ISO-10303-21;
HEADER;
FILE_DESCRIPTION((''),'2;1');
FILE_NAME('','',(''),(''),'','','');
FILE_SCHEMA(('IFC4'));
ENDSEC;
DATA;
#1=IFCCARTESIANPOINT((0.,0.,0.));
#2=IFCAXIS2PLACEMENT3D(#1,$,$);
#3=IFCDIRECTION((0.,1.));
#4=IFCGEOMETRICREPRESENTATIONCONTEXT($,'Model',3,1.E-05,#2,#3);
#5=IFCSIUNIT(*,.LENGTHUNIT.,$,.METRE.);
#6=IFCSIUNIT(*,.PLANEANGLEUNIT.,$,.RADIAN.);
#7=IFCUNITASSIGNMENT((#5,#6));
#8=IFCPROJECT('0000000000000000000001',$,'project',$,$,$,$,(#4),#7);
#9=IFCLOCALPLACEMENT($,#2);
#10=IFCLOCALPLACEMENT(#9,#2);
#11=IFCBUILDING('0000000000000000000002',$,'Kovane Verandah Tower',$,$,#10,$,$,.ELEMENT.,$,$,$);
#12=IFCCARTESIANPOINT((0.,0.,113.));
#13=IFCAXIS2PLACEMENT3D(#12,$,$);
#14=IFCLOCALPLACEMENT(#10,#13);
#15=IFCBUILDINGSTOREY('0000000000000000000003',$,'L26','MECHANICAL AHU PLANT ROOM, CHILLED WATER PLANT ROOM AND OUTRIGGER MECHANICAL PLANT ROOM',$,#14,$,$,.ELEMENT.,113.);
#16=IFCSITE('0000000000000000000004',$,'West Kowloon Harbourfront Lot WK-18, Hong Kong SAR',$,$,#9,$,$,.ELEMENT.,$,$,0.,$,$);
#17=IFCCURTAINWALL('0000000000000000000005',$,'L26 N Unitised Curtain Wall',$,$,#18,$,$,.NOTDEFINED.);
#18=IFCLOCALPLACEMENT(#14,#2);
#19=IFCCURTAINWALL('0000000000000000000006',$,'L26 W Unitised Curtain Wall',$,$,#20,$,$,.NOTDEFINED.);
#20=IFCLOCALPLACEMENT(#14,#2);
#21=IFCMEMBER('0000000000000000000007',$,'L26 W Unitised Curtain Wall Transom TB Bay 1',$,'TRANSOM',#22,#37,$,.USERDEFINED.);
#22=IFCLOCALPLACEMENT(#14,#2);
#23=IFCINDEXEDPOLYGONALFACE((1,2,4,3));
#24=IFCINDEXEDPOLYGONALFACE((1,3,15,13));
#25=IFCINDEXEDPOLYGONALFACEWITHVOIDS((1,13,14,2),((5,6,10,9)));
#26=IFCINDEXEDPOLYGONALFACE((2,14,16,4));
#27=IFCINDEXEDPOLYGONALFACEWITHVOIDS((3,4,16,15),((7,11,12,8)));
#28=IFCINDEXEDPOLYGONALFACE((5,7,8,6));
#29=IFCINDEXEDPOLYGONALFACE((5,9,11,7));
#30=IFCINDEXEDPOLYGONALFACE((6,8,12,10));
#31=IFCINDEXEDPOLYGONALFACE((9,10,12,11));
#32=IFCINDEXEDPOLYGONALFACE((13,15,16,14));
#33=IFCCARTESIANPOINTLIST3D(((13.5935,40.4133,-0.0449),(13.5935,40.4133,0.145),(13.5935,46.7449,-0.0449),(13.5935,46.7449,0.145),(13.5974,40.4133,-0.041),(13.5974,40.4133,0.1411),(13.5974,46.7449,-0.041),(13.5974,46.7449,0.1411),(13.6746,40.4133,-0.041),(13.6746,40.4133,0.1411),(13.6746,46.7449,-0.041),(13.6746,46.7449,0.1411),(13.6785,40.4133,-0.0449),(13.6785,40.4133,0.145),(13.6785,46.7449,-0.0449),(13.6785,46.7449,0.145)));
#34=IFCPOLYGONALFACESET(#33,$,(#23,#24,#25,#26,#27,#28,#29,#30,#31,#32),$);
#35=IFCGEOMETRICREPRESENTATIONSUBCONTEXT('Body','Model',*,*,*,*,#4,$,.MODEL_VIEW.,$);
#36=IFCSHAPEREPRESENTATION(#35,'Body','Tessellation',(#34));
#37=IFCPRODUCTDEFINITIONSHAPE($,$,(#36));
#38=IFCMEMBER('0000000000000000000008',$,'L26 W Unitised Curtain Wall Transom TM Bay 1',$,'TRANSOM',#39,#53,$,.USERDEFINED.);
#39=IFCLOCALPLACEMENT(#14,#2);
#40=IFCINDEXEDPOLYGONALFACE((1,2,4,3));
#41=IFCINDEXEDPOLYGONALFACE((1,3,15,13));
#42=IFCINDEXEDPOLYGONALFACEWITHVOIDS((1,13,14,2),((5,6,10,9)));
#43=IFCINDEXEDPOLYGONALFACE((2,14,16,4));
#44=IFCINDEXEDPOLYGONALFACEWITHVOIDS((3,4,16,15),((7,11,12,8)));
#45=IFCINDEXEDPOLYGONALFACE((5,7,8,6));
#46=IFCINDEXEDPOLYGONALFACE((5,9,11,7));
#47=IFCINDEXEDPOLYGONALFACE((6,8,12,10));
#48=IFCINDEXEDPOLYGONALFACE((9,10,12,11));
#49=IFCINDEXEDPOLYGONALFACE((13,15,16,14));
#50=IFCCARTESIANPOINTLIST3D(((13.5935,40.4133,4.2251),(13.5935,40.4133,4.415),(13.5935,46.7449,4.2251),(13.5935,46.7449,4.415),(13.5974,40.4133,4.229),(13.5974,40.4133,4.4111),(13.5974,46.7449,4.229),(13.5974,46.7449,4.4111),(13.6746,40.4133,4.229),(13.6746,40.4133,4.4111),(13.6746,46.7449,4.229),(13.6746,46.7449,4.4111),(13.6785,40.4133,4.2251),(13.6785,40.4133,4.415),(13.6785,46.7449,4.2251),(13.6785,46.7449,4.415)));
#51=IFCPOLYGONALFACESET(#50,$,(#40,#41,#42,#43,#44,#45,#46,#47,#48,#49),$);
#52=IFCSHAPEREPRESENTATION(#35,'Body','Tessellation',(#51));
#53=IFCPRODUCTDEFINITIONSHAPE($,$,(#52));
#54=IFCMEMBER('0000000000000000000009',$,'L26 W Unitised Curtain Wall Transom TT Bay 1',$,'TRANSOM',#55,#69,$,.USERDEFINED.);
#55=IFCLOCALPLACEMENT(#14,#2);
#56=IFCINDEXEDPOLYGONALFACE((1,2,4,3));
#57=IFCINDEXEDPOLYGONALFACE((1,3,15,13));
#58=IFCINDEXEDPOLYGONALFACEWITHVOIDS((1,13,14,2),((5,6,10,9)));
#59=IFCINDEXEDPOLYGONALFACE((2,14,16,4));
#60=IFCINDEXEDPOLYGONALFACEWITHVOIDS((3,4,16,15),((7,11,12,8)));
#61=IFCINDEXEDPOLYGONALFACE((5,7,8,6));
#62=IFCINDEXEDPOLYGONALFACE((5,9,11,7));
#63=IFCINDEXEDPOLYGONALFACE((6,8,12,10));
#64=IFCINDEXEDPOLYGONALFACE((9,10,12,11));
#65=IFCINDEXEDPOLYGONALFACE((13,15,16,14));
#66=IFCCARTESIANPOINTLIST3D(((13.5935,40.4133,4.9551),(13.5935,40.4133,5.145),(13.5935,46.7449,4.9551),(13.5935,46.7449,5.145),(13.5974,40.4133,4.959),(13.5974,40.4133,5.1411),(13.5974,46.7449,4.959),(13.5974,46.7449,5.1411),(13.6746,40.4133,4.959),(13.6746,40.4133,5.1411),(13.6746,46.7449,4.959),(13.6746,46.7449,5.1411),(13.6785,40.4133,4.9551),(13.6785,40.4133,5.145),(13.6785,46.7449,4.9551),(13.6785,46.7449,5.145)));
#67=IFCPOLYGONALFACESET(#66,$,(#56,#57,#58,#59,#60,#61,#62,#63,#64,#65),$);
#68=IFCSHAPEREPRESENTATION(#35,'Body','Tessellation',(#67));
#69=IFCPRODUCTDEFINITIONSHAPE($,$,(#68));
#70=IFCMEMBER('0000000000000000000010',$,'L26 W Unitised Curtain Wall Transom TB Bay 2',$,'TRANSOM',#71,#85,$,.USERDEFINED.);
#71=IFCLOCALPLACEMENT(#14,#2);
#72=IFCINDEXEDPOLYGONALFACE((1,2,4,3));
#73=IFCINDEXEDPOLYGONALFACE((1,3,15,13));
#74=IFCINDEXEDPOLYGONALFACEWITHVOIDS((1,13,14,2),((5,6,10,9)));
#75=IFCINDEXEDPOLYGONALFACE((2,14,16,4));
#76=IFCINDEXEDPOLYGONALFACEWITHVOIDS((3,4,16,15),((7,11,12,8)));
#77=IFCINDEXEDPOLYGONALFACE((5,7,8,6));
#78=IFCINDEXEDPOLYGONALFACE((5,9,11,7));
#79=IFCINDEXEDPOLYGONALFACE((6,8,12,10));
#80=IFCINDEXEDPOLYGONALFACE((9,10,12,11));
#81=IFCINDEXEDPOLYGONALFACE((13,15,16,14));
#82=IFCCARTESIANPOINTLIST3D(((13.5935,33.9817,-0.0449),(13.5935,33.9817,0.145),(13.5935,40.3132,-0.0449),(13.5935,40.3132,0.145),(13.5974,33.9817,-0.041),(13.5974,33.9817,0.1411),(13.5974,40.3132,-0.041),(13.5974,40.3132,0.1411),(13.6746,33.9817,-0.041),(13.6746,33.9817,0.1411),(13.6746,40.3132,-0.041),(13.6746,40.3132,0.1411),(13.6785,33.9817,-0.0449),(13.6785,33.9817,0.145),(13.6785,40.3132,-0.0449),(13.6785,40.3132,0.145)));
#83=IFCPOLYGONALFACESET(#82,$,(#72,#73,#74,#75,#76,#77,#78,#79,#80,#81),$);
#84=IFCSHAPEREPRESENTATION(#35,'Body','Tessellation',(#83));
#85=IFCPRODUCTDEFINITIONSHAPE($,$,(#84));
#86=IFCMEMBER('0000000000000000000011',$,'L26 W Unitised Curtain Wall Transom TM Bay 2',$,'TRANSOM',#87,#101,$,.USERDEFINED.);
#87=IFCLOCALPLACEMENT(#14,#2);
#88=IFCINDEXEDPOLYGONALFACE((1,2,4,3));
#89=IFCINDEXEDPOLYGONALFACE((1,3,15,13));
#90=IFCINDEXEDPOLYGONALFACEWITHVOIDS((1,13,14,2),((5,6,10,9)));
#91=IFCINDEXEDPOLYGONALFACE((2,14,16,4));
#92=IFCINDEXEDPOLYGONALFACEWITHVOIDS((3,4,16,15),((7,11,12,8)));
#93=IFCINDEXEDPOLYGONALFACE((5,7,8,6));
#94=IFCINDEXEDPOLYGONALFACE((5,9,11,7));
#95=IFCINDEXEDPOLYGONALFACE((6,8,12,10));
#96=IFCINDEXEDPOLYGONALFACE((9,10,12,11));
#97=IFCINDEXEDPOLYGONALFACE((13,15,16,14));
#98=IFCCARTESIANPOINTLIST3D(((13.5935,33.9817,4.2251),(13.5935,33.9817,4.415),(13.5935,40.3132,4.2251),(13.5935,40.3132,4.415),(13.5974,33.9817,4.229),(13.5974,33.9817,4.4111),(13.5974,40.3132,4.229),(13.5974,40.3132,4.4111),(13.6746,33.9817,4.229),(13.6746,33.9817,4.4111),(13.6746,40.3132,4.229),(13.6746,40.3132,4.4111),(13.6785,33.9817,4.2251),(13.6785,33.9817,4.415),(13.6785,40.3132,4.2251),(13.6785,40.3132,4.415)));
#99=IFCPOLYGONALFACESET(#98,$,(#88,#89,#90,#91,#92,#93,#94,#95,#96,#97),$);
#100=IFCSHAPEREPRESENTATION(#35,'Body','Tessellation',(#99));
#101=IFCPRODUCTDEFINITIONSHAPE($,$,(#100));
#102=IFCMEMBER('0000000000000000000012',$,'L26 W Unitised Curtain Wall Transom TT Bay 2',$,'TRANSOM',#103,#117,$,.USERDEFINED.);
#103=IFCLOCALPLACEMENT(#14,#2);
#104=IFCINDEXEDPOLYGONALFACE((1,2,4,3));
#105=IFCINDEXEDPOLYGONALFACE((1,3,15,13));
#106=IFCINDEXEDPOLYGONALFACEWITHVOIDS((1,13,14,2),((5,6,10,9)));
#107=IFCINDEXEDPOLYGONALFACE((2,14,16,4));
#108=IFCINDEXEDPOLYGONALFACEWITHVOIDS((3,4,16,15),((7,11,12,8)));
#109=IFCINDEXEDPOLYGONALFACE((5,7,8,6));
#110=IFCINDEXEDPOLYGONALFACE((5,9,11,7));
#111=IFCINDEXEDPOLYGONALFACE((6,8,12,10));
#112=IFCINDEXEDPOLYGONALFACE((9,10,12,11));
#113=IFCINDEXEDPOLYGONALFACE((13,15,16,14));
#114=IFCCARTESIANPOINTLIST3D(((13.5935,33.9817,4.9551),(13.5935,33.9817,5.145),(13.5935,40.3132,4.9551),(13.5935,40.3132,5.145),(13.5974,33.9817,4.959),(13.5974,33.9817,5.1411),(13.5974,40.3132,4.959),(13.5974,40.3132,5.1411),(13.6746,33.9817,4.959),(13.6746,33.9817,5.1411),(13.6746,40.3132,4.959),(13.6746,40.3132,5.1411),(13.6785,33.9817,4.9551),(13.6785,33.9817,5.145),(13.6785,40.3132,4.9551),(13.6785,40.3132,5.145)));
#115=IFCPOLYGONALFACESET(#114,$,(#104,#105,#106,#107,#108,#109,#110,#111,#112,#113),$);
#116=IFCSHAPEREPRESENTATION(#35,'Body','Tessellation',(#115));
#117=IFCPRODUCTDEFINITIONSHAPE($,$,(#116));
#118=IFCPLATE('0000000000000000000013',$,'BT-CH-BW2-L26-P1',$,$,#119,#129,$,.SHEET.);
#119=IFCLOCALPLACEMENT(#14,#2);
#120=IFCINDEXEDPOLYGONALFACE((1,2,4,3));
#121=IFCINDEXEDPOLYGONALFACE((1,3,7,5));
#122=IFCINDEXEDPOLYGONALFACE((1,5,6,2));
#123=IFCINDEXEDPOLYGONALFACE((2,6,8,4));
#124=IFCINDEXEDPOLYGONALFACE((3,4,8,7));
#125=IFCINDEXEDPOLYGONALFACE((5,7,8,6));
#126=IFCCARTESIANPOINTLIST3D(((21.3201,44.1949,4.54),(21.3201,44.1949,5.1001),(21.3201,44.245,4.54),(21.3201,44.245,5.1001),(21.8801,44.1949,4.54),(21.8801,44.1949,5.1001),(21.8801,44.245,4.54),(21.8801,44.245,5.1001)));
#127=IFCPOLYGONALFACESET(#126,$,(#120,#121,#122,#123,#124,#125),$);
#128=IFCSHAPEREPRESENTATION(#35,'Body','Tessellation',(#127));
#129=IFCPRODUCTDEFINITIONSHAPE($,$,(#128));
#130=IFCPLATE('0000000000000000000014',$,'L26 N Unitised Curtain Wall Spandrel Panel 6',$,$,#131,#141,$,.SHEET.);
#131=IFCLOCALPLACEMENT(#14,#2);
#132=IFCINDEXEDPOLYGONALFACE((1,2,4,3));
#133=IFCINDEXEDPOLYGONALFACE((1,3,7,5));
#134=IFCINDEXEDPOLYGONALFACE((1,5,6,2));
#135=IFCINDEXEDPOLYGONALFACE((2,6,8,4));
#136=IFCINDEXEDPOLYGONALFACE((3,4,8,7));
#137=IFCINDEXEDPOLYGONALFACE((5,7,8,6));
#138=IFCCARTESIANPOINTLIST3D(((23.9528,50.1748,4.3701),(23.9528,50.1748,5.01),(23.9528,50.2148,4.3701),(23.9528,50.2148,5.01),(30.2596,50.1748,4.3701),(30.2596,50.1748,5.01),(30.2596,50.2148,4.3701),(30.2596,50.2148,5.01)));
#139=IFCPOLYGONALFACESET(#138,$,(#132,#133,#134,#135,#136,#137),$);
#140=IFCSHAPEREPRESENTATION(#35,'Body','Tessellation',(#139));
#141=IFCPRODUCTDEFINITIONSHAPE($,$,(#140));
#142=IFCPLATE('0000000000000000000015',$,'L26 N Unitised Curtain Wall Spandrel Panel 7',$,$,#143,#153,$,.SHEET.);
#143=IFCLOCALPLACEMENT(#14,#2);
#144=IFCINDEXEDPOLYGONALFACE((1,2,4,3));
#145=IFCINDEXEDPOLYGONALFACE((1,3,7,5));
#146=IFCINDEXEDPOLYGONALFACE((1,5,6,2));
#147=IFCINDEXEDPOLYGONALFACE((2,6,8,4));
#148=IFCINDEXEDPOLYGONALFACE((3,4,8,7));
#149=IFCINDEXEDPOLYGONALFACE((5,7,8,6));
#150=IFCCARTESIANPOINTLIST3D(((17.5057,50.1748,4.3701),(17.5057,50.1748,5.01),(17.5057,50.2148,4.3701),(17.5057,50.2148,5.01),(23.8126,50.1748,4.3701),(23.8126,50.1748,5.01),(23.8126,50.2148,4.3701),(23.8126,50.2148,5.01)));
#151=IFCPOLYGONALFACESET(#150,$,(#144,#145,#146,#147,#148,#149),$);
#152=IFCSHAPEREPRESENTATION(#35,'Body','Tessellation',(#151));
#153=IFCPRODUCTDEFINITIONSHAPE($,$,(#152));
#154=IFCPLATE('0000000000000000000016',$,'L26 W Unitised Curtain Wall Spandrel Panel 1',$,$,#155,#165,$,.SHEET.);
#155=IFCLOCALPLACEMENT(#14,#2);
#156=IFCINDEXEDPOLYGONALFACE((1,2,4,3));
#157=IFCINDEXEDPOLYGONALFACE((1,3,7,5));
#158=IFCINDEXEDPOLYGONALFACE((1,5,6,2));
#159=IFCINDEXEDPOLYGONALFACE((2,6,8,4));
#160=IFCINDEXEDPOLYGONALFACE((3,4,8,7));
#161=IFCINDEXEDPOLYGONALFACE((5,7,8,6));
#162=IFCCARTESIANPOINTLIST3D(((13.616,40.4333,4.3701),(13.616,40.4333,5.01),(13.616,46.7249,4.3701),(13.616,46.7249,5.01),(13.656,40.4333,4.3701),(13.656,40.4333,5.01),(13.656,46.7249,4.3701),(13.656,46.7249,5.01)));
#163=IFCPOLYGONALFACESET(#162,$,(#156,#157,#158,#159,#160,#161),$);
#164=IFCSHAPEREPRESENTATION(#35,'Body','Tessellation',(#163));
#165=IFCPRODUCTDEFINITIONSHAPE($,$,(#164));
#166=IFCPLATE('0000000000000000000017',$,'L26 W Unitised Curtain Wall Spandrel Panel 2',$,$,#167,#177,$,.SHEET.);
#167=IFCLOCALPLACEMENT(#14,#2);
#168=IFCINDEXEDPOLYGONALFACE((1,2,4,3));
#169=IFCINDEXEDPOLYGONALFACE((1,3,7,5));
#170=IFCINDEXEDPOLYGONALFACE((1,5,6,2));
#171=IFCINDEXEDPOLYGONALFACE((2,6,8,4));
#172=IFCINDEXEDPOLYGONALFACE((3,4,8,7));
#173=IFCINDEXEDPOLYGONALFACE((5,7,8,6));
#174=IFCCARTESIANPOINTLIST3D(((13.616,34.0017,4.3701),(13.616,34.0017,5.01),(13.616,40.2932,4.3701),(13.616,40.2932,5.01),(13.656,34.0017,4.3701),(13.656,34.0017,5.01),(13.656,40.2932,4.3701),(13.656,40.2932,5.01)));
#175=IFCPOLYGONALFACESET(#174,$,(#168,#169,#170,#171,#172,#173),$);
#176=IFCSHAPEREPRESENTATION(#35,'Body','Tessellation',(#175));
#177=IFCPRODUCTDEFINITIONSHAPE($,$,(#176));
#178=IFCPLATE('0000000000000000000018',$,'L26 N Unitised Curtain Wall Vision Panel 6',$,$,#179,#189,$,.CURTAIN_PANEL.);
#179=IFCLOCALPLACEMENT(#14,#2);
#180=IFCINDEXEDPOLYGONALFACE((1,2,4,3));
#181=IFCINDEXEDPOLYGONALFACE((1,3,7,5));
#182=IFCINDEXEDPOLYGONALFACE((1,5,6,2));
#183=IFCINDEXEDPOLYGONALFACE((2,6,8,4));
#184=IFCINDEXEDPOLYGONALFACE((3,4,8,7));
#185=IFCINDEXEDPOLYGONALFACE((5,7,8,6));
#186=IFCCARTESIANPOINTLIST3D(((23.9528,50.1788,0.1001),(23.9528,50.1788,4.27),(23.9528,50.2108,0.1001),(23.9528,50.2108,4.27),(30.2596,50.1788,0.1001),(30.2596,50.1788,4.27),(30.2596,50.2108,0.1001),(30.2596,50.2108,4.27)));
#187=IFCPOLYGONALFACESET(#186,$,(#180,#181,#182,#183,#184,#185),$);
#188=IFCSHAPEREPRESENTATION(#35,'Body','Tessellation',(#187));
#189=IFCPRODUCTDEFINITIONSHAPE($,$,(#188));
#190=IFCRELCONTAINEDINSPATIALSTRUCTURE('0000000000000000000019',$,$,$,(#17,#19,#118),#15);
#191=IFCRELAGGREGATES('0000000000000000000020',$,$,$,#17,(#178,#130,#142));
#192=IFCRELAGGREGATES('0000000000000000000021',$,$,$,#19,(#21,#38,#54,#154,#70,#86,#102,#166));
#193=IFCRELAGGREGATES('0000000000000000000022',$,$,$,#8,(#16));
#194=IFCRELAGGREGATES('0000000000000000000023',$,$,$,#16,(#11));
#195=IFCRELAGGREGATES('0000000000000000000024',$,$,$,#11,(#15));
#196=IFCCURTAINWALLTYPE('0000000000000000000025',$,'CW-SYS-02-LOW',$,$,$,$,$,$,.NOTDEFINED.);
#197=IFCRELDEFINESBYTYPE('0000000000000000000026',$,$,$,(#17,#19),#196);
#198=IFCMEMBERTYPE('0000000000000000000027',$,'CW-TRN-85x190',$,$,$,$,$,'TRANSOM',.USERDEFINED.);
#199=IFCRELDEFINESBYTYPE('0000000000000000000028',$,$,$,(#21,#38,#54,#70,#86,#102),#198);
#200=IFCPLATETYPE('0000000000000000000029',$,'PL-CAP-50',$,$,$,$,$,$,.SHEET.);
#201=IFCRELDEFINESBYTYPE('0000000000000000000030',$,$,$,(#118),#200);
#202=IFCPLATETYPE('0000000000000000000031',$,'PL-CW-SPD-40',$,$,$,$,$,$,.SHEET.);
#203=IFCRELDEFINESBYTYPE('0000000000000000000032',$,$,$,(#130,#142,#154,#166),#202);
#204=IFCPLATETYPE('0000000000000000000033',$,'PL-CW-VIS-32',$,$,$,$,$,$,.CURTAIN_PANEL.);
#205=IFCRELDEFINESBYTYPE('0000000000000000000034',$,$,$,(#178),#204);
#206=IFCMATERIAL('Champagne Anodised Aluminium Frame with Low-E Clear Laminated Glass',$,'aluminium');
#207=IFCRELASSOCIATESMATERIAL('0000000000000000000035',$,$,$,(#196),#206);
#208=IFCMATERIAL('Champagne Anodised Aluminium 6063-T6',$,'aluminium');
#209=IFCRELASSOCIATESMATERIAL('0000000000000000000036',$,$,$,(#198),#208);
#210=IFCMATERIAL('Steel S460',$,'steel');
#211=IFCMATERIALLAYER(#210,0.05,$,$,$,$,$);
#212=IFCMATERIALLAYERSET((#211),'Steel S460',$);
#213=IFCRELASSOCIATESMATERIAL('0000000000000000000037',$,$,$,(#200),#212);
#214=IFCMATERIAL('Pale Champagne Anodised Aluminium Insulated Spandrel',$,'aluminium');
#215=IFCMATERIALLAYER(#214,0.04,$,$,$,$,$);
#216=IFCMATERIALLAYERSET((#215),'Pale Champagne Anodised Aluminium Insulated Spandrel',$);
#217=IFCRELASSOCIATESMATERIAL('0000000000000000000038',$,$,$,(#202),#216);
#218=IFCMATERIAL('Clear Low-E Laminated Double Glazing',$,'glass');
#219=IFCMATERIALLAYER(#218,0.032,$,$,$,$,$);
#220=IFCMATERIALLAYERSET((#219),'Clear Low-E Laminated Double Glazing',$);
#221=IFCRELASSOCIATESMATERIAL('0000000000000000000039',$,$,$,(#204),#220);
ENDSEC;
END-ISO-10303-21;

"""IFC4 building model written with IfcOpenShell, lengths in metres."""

from ifc_helpers import new_model, si_unit, direction, frame, origin, origin_2d, place, context, subcontext, project, spatial, rectangle, hollow_rectangle, extrude, material, layer, layer_set, material_profile, profile_set, type_object, element, aggregate, save


model = new_model("IFC4")

# Units and contexts
model_context = context("Model", 3, precision=1e-05, world=origin(), true_north=direction((0.0, 1.0)))
body_context = subcontext(model_context, "Body", "Model", "MODEL_VIEW")
ifc_project = project(units=[si_unit("LENGTHUNIT", "METRE"), si_unit("PLANEANGLEUNIT", "RADIAN")], contexts=[model_context])

# Site, building, storey
site_placement = place(None, origin())
site = spatial("IfcSite", under=ifc_project, at=site_placement, Name="West Kowloon Harbourfront Lot WK-18, Hong Kong SAR", CompositionType="ELEMENT", RefElevation=0.0)
building_placement = place(site_placement, origin())
building = spatial("IfcBuilding", under=site, at=building_placement, Name="Kovane Verandah Tower", CompositionType="ELEMENT")
storey_placement = place(building_placement, frame((0.0, 0.0, 113.0)))
storey = spatial("IfcBuildingStorey", under=building, at=storey_placement, Name="L26", Description="MECHANICAL AHU PLANT ROOM, CHILLED WATER PLANT ROOM AND OUTRIGGER MECHANICAL PLANT ROOM", CompositionType="ELEMENT", Elevation=113.0)

# Shared definitions
ifc_material_1 = material(Name="Steel S460", Category="steel")

# Curtain walls
ifc_material_2 = material(Name="Champagne Anodised Aluminium Frame with Low-E Clear Laminated Glass", Category="aluminium")
curtain_wall_type = type_object("IfcCurtainWallType", Name="CW-SYS-02-LOW", PredefinedType="NOTDEFINED", material=ifc_material_2)
curtain_wall_1_placement = place(storey_placement, origin())
curtain_wall_1 = element("IfcCurtainWall", 1, at=curtain_wall_1_placement, inside=storey, type_object=curtain_wall_type, Name="L26 N Unitised Curtain Wall", PredefinedType="NOTDEFINED")
ifc_material_3 = material(Name="Champagne Anodised Aluminium 6063-T6", Category="aluminium")
curtain_wall_2_placement = place(storey_placement, origin())
curtain_wall_2 = element("IfcCurtainWall", 2, at=curtain_wall_2_placement, inside=storey, type_object=curtain_wall_type, Name="L26 W Unitised Curtain Wall", PredefinedType="NOTDEFINED")

# Members
ifc_material_profile_1 = material_profile(ifc_material_3, hollow_rectangle(XDim=0.085, YDim=0.1899, WallThickness=0.0039, at=origin_2d()), Name="AL85x190x4")
ifc_profile_set_1 = profile_set([ifc_material_profile_1], Name="Champagne Anodised Aluminium 6063-T6")
member_type_1 = type_object("IfcMemberType", Name="CW-TRN-85x190", ElementType="TRANSOM", PredefinedType="USERDEFINED", material=ifc_profile_set_1)
member_1_placement = place(storey_placement, frame((13.636, 46.7449, 0.05), z_axis=(0.0, -1.0, 0.0), x_axis=(1.0, 0.0, 0.0)))
member_1 = element("IfcMember", 3, at=member_1_placement, type_object=member_type_1, Name="L26 W Unitised Curtain Wall Transom TB Bay 1", ObjectType="TRANSOM", PredefinedType="USERDEFINED", context=body_context, shape_type="SweptSolid", body=[
    extrude(hollow_rectangle(XDim=0.085, YDim=0.1899, WallThickness=0.0039, at=origin_2d()), origin(), (0.0, 0.0, 1.0), 6.3315),
])
member_2_placement = place(storey_placement, frame((13.636, 46.7449, 4.3201), z_axis=(0.0, -1.0, 0.0), x_axis=(1.0, 0.0, 0.0)))
member_2 = element("IfcMember", 4, at=member_2_placement, type_object=member_type_1, Name="L26 W Unitised Curtain Wall Transom TM Bay 1", ObjectType="TRANSOM", PredefinedType="USERDEFINED", context=body_context, shape_type="SweptSolid", body=[
    extrude(hollow_rectangle(XDim=0.085, YDim=0.1899, WallThickness=0.0039, at=origin_2d()), origin(), (0.0, 0.0, 1.0), 6.3315),
])
member_3_placement = place(storey_placement, frame((13.636, 46.7449, 5.05), z_axis=(0.0, -1.0, 0.0), x_axis=(1.0, 0.0, 0.0)))
member_3 = element("IfcMember", 5, at=member_3_placement, type_object=member_type_1, Name="L26 W Unitised Curtain Wall Transom TT Bay 1", ObjectType="TRANSOM", PredefinedType="USERDEFINED", context=body_context, shape_type="SweptSolid", body=[
    extrude(hollow_rectangle(XDim=0.085, YDim=0.1899, WallThickness=0.0039, at=origin_2d()), origin(), (0.0, 0.0, 1.0), 6.3315),
])
member_4_placement = place(storey_placement, frame((13.636, 40.3132, 0.05), z_axis=(0.0, -1.0, 0.0), x_axis=(1.0, 0.0, 0.0)))
member_4 = element("IfcMember", 6, at=member_4_placement, type_object=member_type_1, Name="L26 W Unitised Curtain Wall Transom TB Bay 2", ObjectType="TRANSOM", PredefinedType="USERDEFINED", context=body_context, shape_type="SweptSolid", body=[
    extrude(hollow_rectangle(XDim=0.085, YDim=0.1899, WallThickness=0.0039, at=origin_2d()), origin(), (0.0, 0.0, 1.0), 6.3315),
])
member_5_placement = place(storey_placement, frame((13.636, 40.3132, 4.3201), z_axis=(0.0, -1.0, 0.0), x_axis=(1.0, 0.0, 0.0)))
member_5 = element("IfcMember", 7, at=member_5_placement, type_object=member_type_1, Name="L26 W Unitised Curtain Wall Transom TM Bay 2", ObjectType="TRANSOM", PredefinedType="USERDEFINED", context=body_context, shape_type="SweptSolid", body=[
    extrude(hollow_rectangle(XDim=0.085, YDim=0.1899, WallThickness=0.0039, at=origin_2d()), origin(), (0.0, 0.0, 1.0), 6.3315),
])
member_6_placement = place(storey_placement, frame((13.636, 40.3132, 5.05), z_axis=(0.0, -1.0, 0.0), x_axis=(1.0, 0.0, 0.0)))
member_6 = element("IfcMember", 8, at=member_6_placement, type_object=member_type_1, Name="L26 W Unitised Curtain Wall Transom TT Bay 2", ObjectType="TRANSOM", PredefinedType="USERDEFINED", context=body_context, shape_type="SweptSolid", body=[
    extrude(hollow_rectangle(XDim=0.085, YDim=0.1899, WallThickness=0.0039, at=origin_2d()), origin(), (0.0, 0.0, 1.0), 6.3315),
])

# Plates
ifc_layer_1 = layer(ifc_material_1, 0.05)
ifc_layer_set_1 = layer_set([ifc_layer_1], Name="Steel S460")
plate_type_1 = type_object("IfcPlateType", Name="PL-CAP-50", PredefinedType="SHEET", material=ifc_layer_set_1)
plate_1_placement = place(storey_placement, frame((21.6001, 44.22, 4.54), z_axis=(0.0, 0.0, 1.0), x_axis=(0.0, 1.0, 0.0)))
element("IfcPlate", 9, at=plate_1_placement, inside=storey, type_object=plate_type_1, Name="BT-CH-BW2-L26-P1", PredefinedType="SHEET", context=body_context, shape_type="SweptSolid", body=[
    extrude(rectangle(XDim=0.05, YDim=0.5601, at=origin_2d()), origin(), (0.0, 0.0, 1.0), 0.5601),
])
ifc_material_4 = material(Name="Pale Champagne Anodised Aluminium Insulated Spandrel", Category="aluminium")
ifc_layer_2 = layer(ifc_material_4, 0.04)
ifc_layer_set_2 = layer_set([ifc_layer_2], Name="Pale Champagne Anodised Aluminium Insulated Spandrel")
plate_type_2 = type_object("IfcPlateType", Name="PL-CW-SPD-40", PredefinedType="SHEET", material=ifc_layer_set_2)
plate_2_placement = place(storey_placement, frame((27.1062, 50.1948, 4.3701), z_axis=(0.0, 0.0, 1.0), x_axis=(-1.0, 0.0, 0.0)))
plate_2 = element("IfcPlate", 10, at=plate_2_placement, type_object=plate_type_2, Name="L26 N Unitised Curtain Wall Spandrel Panel 6", PredefinedType="SHEET", context=body_context, shape_type="SweptSolid", body=[
    extrude(rectangle(XDim=6.3069, YDim=0.04, at=origin_2d()), origin(), (0.0, 0.0, 1.0), 0.6399),
])
plate_3_placement = place(storey_placement, frame((20.6592, 50.1948, 4.3701), z_axis=(0.0, 0.0, 1.0), x_axis=(-1.0, 0.0, 0.0)))
plate_3 = element("IfcPlate", 11, at=plate_3_placement, type_object=plate_type_2, Name="L26 N Unitised Curtain Wall Spandrel Panel 7", PredefinedType="SHEET", context=body_context, shape_type="SweptSolid", body=[
    extrude(rectangle(XDim=6.3069, YDim=0.04, at=origin_2d()), origin(), (0.0, 0.0, 1.0), 0.6399),
])
plate_4_placement = place(storey_placement, frame((13.636, 43.5791, 4.3701), z_axis=(0.0, 0.0, 1.0), x_axis=(0.0, -1.0, 0.0)))
plate_4 = element("IfcPlate", 12, at=plate_4_placement, type_object=plate_type_2, Name="L26 W Unitised Curtain Wall Spandrel Panel 1", PredefinedType="SHEET", context=body_context, shape_type="SweptSolid", body=[
    extrude(rectangle(XDim=6.2915, YDim=0.04, at=origin_2d()), origin(), (0.0, 0.0, 1.0), 0.6399),
])
plate_5_placement = place(storey_placement, frame((13.636, 37.1475, 4.3701), z_axis=(0.0, 0.0, 1.0), x_axis=(0.0, -1.0, 0.0)))
plate_5 = element("IfcPlate", 13, at=plate_5_placement, type_object=plate_type_2, Name="L26 W Unitised Curtain Wall Spandrel Panel 2", PredefinedType="SHEET", context=body_context, shape_type="SweptSolid", body=[
    extrude(rectangle(XDim=6.2915, YDim=0.04, at=origin_2d()), origin(), (0.0, 0.0, 1.0), 0.6399),
])
ifc_material_5 = material(Name="Clear Low-E Laminated Double Glazing", Category="glass")
ifc_layer_3 = layer(ifc_material_5, 0.032)
ifc_layer_set_3 = layer_set([ifc_layer_3], Name="Clear Low-E Laminated Double Glazing")
plate_type_3 = type_object("IfcPlateType", Name="PL-CW-VIS-32", PredefinedType="CURTAIN_PANEL", material=ifc_layer_set_3)
plate_6_placement = place(storey_placement, frame((27.1062, 50.1948, 0.1001), z_axis=(0.0, 0.0, 1.0), x_axis=(-1.0, 0.0, 0.0)))
plate_6 = element("IfcPlate", 14, at=plate_6_placement, type_object=plate_type_3, Name="L26 N Unitised Curtain Wall Vision Panel 6", PredefinedType="CURTAIN_PANEL", context=body_context, shape_type="SweptSolid", body=[
    extrude(rectangle(XDim=6.3069, YDim=0.032, at=origin_2d()), origin(), (0.0, 0.0, 1.0), 4.1699),
])
aggregate(curtain_wall_1, [plate_6, plate_2, plate_3])
aggregate(curtain_wall_2, [member_1, member_2, member_3, plate_4, member_4, member_5, member_6, plate_5])

save(model, "model.ifc")
